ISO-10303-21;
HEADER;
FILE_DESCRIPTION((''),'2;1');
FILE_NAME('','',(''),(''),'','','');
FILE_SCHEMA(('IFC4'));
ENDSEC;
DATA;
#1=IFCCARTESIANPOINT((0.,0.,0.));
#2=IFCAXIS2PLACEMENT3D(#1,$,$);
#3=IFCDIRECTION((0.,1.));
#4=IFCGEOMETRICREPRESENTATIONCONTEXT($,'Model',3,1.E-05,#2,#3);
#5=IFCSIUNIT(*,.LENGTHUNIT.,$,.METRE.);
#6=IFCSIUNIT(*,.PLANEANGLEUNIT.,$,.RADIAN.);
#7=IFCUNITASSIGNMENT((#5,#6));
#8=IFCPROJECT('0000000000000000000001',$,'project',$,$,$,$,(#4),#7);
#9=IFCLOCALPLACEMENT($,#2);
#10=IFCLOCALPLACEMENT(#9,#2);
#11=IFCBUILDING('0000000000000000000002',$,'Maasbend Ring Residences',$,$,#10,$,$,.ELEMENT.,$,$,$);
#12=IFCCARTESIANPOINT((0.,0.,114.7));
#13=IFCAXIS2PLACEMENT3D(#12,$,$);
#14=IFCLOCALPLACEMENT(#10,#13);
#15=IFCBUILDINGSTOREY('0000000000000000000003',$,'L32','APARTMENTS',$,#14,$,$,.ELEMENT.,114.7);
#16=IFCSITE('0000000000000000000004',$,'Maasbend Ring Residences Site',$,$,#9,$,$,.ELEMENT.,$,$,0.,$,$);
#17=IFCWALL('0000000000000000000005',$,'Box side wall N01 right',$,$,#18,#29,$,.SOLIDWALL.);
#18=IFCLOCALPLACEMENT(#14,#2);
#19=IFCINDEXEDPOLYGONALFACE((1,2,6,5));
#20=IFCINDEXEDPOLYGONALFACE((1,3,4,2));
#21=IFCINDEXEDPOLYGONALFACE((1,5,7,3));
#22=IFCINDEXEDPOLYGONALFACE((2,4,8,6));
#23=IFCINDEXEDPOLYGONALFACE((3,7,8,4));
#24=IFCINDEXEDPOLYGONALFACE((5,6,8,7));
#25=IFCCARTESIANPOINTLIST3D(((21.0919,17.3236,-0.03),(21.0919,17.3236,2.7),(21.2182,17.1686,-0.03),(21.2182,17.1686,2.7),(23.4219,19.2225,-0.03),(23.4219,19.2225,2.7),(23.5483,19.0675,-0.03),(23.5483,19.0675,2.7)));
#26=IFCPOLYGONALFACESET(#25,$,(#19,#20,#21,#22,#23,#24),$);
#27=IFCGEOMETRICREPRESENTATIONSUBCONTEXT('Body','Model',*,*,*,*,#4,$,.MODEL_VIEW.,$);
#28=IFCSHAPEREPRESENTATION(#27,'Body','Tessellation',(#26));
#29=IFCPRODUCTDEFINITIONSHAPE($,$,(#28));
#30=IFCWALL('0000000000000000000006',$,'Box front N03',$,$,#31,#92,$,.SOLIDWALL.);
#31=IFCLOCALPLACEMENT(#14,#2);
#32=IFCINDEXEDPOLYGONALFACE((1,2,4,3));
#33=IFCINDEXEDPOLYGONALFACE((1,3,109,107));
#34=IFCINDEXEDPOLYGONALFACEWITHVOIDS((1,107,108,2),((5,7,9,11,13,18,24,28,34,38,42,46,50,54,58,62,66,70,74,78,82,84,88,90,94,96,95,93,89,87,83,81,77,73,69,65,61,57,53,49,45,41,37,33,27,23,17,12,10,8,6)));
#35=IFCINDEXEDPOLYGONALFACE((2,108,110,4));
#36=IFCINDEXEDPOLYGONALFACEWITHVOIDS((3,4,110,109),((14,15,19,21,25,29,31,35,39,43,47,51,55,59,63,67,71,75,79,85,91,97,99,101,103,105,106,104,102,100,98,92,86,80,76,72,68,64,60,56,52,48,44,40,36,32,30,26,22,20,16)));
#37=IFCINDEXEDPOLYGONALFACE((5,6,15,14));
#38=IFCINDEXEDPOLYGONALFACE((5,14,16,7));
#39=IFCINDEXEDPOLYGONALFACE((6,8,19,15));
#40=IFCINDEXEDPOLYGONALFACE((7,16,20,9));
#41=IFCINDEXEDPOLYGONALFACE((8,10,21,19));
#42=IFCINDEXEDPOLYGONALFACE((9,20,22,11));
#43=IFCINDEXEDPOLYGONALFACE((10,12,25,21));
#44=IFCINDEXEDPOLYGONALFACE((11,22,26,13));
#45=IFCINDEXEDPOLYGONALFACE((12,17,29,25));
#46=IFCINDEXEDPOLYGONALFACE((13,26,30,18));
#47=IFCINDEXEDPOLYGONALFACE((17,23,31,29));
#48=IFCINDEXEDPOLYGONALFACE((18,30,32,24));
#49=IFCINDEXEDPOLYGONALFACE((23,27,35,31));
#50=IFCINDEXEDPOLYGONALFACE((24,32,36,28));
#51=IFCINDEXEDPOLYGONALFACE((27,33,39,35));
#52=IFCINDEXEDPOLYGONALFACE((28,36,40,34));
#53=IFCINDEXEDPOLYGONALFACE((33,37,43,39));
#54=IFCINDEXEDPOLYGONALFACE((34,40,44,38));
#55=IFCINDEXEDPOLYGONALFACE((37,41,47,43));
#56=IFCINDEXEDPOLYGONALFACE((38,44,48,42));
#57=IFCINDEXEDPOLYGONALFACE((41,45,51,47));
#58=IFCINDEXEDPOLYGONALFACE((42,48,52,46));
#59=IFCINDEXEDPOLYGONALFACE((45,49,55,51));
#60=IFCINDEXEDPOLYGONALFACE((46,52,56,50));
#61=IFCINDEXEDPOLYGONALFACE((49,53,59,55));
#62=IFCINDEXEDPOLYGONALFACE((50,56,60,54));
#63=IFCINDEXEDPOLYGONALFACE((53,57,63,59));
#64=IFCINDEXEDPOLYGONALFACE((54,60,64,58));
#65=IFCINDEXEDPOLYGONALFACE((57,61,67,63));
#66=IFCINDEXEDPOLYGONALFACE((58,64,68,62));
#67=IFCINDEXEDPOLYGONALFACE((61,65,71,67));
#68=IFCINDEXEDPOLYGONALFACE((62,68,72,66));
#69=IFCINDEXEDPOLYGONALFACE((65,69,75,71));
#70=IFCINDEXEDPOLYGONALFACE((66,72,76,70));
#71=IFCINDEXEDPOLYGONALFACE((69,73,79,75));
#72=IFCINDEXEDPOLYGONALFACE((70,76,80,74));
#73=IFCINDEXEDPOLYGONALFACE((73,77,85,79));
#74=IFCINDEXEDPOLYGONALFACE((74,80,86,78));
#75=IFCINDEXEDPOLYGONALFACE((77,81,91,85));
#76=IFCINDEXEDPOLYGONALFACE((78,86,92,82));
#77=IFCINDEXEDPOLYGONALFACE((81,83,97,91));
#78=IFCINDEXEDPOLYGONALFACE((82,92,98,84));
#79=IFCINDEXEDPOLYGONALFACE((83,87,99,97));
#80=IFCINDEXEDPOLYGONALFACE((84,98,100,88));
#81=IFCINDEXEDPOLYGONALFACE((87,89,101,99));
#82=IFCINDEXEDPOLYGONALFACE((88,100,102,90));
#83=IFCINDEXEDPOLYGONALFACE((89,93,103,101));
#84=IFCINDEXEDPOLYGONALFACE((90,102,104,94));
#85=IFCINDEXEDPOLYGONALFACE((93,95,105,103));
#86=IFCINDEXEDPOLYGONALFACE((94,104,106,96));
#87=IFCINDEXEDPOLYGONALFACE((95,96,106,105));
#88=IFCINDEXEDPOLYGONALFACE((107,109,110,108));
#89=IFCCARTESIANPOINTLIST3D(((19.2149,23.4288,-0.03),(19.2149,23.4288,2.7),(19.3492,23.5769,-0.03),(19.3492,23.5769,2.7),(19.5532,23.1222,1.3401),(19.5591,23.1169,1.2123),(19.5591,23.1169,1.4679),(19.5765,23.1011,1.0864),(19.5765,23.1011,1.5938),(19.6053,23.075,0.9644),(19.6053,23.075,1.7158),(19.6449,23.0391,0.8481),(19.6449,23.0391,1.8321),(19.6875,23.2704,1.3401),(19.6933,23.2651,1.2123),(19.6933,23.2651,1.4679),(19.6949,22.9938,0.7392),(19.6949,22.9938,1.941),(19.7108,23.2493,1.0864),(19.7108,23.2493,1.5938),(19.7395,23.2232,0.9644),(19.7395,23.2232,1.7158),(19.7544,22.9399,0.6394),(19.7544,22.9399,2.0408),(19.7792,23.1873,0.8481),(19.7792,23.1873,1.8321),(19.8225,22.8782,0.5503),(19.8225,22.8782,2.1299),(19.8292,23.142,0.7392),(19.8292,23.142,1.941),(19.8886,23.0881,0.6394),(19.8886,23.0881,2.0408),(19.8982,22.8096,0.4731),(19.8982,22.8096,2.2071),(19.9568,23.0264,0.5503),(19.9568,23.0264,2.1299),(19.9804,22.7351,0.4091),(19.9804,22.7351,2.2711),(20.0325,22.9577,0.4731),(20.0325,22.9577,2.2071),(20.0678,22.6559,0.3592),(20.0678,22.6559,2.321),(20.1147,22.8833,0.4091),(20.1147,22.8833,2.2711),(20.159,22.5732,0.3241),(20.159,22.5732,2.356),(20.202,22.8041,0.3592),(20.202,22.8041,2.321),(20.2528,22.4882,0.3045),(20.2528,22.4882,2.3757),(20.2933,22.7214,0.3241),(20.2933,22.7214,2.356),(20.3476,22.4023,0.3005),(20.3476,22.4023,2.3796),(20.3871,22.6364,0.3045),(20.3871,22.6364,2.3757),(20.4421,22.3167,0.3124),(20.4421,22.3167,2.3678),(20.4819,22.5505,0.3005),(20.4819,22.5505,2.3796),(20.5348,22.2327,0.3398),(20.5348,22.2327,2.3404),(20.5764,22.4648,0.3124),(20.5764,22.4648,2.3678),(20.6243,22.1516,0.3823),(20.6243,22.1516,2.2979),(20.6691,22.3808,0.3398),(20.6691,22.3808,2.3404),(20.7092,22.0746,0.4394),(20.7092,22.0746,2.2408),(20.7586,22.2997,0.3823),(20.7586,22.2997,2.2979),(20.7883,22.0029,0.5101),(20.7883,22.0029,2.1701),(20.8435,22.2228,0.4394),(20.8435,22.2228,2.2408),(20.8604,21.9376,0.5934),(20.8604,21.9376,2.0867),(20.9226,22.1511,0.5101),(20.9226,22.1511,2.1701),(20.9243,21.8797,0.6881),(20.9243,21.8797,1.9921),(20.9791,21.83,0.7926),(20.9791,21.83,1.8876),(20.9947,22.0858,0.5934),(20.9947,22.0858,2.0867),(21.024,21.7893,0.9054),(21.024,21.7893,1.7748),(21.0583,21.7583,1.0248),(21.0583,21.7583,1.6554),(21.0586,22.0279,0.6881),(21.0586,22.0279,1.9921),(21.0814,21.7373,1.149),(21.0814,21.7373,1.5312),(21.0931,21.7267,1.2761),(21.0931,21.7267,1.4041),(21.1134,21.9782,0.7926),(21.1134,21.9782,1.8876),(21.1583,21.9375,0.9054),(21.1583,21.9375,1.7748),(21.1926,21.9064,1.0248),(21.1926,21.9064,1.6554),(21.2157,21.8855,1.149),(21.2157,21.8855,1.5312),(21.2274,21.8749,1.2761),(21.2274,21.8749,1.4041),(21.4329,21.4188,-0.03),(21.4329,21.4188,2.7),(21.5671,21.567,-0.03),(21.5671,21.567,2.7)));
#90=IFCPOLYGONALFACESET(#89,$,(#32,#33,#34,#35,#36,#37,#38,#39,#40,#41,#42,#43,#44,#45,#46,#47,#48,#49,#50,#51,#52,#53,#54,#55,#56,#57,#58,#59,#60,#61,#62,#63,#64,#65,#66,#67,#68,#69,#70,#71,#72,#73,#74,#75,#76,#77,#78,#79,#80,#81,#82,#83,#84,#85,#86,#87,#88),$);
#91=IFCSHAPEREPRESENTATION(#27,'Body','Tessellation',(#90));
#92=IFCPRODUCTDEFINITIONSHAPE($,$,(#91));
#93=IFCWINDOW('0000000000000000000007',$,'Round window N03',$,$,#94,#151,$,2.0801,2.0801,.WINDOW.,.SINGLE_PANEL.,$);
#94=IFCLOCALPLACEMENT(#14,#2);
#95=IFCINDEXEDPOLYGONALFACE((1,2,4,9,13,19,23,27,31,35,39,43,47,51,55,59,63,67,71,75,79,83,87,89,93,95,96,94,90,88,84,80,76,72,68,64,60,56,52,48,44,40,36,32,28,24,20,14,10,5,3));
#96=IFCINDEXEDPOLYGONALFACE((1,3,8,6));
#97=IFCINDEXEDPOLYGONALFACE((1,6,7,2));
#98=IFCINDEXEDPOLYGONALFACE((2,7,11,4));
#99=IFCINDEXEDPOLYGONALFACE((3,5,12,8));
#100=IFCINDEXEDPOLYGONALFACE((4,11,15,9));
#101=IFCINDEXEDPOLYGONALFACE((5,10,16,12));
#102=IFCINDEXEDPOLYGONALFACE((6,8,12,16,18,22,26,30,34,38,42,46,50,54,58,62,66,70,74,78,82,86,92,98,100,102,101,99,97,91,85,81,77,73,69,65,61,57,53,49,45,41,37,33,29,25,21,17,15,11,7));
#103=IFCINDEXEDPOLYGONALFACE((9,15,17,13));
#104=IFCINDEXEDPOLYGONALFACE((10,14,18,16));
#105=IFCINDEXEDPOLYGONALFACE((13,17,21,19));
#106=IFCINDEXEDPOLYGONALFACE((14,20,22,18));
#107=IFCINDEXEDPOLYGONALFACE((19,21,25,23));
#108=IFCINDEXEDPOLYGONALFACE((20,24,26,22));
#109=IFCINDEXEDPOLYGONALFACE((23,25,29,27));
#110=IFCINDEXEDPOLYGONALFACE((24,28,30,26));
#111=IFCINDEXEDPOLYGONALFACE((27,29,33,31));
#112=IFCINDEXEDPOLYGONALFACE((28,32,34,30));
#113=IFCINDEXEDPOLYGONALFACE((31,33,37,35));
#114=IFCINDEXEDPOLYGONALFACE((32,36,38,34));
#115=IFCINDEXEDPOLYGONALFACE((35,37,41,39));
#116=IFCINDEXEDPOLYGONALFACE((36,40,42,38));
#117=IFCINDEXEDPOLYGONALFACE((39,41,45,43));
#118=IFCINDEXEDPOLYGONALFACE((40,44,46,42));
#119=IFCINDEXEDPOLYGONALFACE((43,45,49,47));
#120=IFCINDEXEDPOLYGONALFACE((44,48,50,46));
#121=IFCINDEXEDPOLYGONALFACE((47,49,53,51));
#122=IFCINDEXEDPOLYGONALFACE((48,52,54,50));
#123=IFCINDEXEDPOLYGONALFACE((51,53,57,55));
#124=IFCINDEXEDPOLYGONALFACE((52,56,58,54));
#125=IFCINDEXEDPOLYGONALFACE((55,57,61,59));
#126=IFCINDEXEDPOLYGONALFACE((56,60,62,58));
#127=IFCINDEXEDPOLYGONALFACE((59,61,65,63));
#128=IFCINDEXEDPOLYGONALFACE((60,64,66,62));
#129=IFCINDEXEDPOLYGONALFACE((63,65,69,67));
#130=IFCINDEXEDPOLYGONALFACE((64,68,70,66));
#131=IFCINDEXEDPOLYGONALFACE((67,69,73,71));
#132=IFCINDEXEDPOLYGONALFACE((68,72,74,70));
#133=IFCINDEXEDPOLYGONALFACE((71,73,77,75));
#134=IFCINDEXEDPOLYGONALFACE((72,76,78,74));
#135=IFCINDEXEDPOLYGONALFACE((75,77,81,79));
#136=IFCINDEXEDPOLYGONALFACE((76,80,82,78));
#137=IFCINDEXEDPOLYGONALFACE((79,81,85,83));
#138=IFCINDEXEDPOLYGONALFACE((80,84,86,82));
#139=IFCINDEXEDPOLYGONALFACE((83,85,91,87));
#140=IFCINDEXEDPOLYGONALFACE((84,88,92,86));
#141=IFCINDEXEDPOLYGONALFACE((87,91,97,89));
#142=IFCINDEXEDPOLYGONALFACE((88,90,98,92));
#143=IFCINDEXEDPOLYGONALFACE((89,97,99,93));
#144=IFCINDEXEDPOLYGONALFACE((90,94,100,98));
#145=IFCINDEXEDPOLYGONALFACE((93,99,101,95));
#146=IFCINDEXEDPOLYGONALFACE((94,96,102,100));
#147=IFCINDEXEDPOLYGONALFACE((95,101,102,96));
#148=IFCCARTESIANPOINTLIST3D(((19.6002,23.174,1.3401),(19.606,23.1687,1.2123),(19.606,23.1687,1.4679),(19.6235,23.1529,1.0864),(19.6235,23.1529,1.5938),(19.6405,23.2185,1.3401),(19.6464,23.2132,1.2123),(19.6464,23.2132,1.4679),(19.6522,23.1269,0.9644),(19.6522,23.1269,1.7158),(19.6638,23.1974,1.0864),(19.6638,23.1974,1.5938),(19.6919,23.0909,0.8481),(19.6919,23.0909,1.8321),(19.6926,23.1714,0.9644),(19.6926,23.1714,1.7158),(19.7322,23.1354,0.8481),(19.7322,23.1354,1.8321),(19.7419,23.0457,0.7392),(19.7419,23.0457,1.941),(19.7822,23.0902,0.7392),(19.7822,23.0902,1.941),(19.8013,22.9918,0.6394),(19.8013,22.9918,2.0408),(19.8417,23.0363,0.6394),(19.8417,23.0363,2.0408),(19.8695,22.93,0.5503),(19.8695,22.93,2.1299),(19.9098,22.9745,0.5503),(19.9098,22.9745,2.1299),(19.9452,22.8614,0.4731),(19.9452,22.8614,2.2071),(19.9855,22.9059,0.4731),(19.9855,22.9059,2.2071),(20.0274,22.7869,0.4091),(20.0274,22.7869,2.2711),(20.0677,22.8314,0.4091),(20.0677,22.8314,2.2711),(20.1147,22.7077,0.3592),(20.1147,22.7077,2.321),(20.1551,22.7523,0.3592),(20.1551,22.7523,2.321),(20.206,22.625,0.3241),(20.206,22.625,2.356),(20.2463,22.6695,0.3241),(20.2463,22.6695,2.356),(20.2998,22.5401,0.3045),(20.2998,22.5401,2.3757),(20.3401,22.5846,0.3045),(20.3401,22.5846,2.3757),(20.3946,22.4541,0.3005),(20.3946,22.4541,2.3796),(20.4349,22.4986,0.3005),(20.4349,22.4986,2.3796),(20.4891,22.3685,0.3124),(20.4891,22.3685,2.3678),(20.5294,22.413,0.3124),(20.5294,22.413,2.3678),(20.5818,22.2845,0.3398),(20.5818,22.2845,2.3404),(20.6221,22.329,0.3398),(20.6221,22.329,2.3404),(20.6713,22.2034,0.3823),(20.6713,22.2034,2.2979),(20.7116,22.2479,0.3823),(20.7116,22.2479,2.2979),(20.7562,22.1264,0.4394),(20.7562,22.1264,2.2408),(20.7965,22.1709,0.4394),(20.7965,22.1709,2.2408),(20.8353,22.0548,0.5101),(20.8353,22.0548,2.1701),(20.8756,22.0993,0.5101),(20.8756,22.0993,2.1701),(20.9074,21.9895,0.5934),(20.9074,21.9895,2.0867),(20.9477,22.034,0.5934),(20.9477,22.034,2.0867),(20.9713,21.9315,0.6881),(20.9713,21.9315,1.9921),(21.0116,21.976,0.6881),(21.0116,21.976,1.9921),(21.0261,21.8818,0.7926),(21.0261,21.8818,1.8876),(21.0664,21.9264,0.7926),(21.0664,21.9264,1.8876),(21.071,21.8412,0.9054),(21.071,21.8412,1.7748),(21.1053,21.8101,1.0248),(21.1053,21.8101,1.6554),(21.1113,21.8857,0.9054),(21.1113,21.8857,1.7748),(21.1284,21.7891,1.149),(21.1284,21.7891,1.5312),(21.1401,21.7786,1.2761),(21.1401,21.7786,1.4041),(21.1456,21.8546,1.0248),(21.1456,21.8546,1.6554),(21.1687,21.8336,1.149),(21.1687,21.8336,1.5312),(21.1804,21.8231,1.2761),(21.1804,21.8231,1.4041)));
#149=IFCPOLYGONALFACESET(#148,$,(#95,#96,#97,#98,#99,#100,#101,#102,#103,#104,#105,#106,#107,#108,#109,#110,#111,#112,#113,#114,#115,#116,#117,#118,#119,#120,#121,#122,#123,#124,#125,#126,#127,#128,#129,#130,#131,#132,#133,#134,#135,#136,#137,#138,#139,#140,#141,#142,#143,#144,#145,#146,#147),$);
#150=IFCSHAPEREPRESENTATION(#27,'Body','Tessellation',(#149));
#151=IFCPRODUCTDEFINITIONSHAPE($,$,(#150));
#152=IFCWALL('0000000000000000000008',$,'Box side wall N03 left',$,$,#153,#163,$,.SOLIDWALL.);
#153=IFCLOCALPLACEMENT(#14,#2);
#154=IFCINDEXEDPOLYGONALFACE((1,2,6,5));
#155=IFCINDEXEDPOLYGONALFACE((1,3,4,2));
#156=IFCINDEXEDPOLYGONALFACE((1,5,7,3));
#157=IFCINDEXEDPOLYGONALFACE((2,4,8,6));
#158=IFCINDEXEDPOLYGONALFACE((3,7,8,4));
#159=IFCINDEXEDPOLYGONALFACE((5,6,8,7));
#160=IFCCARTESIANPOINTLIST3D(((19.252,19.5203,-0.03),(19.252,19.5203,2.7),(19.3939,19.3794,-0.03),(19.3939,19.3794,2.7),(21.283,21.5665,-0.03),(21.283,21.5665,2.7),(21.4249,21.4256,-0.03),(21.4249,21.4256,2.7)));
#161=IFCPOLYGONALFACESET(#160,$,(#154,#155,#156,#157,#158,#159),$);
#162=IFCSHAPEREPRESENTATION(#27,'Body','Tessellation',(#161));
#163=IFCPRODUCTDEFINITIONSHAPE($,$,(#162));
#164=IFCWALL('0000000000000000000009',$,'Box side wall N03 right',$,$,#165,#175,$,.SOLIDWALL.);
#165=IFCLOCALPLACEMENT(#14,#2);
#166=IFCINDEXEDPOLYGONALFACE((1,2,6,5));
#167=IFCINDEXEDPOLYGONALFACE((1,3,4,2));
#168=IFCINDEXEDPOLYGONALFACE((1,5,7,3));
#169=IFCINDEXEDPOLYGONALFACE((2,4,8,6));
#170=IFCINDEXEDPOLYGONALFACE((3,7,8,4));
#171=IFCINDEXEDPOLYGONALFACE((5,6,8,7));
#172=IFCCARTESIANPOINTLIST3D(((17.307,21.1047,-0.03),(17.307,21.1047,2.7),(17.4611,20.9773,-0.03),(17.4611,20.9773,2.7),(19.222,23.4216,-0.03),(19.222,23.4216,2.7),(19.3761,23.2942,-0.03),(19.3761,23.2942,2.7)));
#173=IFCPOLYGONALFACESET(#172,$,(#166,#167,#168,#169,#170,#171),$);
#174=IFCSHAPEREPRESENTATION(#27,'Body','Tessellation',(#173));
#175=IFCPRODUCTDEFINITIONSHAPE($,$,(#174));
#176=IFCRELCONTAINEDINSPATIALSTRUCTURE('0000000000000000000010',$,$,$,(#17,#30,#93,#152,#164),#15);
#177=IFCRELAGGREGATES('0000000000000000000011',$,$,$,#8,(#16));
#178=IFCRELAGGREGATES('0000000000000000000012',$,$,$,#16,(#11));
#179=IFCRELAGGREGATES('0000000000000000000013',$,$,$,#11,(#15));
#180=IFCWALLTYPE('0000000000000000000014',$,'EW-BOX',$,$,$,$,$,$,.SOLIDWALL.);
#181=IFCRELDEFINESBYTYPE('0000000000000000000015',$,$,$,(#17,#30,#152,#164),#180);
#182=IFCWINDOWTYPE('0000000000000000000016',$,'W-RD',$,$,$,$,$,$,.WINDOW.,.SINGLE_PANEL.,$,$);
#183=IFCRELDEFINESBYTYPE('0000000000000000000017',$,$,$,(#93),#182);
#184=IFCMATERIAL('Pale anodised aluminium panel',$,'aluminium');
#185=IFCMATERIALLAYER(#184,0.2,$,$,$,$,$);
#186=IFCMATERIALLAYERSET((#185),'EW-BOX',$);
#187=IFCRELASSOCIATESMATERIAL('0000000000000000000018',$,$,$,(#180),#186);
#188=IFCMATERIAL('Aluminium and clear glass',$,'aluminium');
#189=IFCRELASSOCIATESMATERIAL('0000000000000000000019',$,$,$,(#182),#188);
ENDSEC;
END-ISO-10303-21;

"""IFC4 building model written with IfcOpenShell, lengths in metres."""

from ifc_helpers import new_model, si_unit, direction, frame, frame_2d, origin, place, context, subcontext, project, spatial, rectangle, circle, extrude, material, layer, layer_set, type_object, element, fill, save


model = new_model("IFC4")

# Units and contexts
model_context = context("Model", 3, precision=1e-05, world=origin(), true_north=direction((0.0, 1.0)))
body_context = subcontext(model_context, "Body", "Model", "MODEL_VIEW")
ifc_project = project(units=[si_unit("LENGTHUNIT", "METRE"), si_unit("PLANEANGLEUNIT", "RADIAN")], contexts=[model_context])

# Site, building, storey
site_placement = place(None, origin())
site = spatial("IfcSite", under=ifc_project, at=site_placement, Name="Maasbend Ring Residences Site", CompositionType="ELEMENT", RefElevation=0.0)
building_placement = place(site_placement, origin())
building = spatial("IfcBuilding", under=site, at=building_placement, Name="Maasbend Ring Residences", CompositionType="ELEMENT")
storey_placement = place(building_placement, frame((0.0, 0.0, 114.7)))
storey = spatial("IfcBuildingStorey", under=building, at=storey_placement, Name="L32", Description="APARTMENTS", CompositionType="ELEMENT", Elevation=114.7)

# Shared definitions
ifc_material_1 = material(Name="Pale anodised aluminium panel", Category="aluminium")
ifc_layer_1 = layer(ifc_material_1, 0.2)
ifc_layer_set_1 = layer_set([ifc_layer_1], Name="EW-BOX")
wall_type_1 = type_object("IfcWallType", Name="EW-BOX", PredefinedType="SOLIDWALL", material=ifc_layer_set_1)
ifc_material_2 = material(Name="Aluminium and clear glass", Category="aluminium")
window_type_1 = type_object("IfcWindowType", Name="W-RD", PartitioningType="SINGLE_PANEL", PredefinedType="WINDOW", material=ifc_material_2)

# Wall
wall_1_placement = place(storey_placement, frame((21.155, 17.2461, -0.03), z_axis=(0.0, 0.0, 1.0), x_axis=(0.775179, 0.631742, 0.0)))
element("IfcWall", 1, at=wall_1_placement, inside=storey, type_object=wall_type_1, Name="Box side wall N01 right", PredefinedType="SOLIDWALL", context=body_context, shape_type="SweptSolid", body=[
    extrude(rectangle(XDim=3.0059, YDim=0.2, at=frame_2d((1.5029, 0.0))), origin(), (0.0, 0.0, 1.0), 2.73),
])

# Wall, opening, window
wall_2_placement = place(storey_placement, frame((21.5, 21.4929, -0.03), z_axis=(0.0, 0.0, 1.0), x_axis=(-0.740998, 0.671507, 0.0)))
wall_2 = element("IfcWall", 2, at=wall_2_placement, inside=storey, type_object=wall_type_1, Name="Box front N03", PredefinedType="SOLIDWALL", context=body_context, shape_type="SweptSolid", body=[
    extrude(rectangle(XDim=2.9932, YDim=0.2, at=frame_2d((1.4966, 0.0))), origin(), (0.0, 0.0, 1.0), 2.73),
])
opening_1_placement = place(wall_2_placement, frame((0.4565, 0.0, 0.3301)))
opening_1 = element("IfcOpeningElement", 3, at=opening_1_placement, cuts=wall_2, PredefinedType="OPENING", context=body_context, shape_type="SweptSolid", body=[
    extrude(circle(Radius=1.04, at=frame_2d((1.04, 1.04))), frame((0.0, 0.1099, 0.0), z_axis=(0.0, -1.0, 0.0), x_axis=(1.0, 0.0, 0.0)), (0.0, 0.0, 1.0), 0.22),
])
window_1_placement = place(opening_1_placement, origin())
window_1 = element("IfcWindow", 4, at=window_1_placement, inside=storey, type_object=window_type_1, Name="Round window N03", OverallHeight=2.0801, OverallWidth=2.0801, PartitioningType="SINGLE_PANEL", PredefinedType="WINDOW", context=body_context, shape_type="SweptSolid", body=[
    extrude(circle(Radius=1.04, at=frame_2d((1.04, 1.04))), frame((0.0, 0.03, 0.0), z_axis=(0.0, -1.0, 0.0), x_axis=(1.0, 0.0, 0.0)), (0.0, 0.0, 1.0), 0.0601),
])
fill(opening_1, window_1)

# Walls
wall_3_placement = place(storey_placement, frame((19.323, 19.45, -0.03), z_axis=(0.0, 0.0, 1.0), x_axis=(0.704477, 0.709727, 0.0)))
element("IfcWall", 5, at=wall_3_placement, inside=storey, type_object=wall_type_1, Name="Box side wall N03 left", PredefinedType="SOLIDWALL", context=body_context, shape_type="SweptSolid", body=[
    extrude(rectangle(XDim=2.8831, YDim=0.2, at=frame_2d((1.4414, 0.0))), origin(), (0.0, 0.0, 1.0), 2.73),
])
wall_4_placement = place(storey_placement, frame((17.384, 21.041, -0.03), z_axis=(0.0, 0.0, 1.0), x_axis=(0.637096, 0.770785, 0.0)))
element("IfcWall", 6, at=wall_4_placement, inside=storey, type_object=wall_type_1, Name="Box side wall N03 right", PredefinedType="SOLIDWALL", context=body_context, shape_type="SweptSolid", body=[
    extrude(rectangle(XDim=3.0059, YDim=0.2, at=frame_2d((1.5029, 0.0))), origin(), (0.0, 0.0, 1.0), 2.73),
])

save(model, "model.ifc")
